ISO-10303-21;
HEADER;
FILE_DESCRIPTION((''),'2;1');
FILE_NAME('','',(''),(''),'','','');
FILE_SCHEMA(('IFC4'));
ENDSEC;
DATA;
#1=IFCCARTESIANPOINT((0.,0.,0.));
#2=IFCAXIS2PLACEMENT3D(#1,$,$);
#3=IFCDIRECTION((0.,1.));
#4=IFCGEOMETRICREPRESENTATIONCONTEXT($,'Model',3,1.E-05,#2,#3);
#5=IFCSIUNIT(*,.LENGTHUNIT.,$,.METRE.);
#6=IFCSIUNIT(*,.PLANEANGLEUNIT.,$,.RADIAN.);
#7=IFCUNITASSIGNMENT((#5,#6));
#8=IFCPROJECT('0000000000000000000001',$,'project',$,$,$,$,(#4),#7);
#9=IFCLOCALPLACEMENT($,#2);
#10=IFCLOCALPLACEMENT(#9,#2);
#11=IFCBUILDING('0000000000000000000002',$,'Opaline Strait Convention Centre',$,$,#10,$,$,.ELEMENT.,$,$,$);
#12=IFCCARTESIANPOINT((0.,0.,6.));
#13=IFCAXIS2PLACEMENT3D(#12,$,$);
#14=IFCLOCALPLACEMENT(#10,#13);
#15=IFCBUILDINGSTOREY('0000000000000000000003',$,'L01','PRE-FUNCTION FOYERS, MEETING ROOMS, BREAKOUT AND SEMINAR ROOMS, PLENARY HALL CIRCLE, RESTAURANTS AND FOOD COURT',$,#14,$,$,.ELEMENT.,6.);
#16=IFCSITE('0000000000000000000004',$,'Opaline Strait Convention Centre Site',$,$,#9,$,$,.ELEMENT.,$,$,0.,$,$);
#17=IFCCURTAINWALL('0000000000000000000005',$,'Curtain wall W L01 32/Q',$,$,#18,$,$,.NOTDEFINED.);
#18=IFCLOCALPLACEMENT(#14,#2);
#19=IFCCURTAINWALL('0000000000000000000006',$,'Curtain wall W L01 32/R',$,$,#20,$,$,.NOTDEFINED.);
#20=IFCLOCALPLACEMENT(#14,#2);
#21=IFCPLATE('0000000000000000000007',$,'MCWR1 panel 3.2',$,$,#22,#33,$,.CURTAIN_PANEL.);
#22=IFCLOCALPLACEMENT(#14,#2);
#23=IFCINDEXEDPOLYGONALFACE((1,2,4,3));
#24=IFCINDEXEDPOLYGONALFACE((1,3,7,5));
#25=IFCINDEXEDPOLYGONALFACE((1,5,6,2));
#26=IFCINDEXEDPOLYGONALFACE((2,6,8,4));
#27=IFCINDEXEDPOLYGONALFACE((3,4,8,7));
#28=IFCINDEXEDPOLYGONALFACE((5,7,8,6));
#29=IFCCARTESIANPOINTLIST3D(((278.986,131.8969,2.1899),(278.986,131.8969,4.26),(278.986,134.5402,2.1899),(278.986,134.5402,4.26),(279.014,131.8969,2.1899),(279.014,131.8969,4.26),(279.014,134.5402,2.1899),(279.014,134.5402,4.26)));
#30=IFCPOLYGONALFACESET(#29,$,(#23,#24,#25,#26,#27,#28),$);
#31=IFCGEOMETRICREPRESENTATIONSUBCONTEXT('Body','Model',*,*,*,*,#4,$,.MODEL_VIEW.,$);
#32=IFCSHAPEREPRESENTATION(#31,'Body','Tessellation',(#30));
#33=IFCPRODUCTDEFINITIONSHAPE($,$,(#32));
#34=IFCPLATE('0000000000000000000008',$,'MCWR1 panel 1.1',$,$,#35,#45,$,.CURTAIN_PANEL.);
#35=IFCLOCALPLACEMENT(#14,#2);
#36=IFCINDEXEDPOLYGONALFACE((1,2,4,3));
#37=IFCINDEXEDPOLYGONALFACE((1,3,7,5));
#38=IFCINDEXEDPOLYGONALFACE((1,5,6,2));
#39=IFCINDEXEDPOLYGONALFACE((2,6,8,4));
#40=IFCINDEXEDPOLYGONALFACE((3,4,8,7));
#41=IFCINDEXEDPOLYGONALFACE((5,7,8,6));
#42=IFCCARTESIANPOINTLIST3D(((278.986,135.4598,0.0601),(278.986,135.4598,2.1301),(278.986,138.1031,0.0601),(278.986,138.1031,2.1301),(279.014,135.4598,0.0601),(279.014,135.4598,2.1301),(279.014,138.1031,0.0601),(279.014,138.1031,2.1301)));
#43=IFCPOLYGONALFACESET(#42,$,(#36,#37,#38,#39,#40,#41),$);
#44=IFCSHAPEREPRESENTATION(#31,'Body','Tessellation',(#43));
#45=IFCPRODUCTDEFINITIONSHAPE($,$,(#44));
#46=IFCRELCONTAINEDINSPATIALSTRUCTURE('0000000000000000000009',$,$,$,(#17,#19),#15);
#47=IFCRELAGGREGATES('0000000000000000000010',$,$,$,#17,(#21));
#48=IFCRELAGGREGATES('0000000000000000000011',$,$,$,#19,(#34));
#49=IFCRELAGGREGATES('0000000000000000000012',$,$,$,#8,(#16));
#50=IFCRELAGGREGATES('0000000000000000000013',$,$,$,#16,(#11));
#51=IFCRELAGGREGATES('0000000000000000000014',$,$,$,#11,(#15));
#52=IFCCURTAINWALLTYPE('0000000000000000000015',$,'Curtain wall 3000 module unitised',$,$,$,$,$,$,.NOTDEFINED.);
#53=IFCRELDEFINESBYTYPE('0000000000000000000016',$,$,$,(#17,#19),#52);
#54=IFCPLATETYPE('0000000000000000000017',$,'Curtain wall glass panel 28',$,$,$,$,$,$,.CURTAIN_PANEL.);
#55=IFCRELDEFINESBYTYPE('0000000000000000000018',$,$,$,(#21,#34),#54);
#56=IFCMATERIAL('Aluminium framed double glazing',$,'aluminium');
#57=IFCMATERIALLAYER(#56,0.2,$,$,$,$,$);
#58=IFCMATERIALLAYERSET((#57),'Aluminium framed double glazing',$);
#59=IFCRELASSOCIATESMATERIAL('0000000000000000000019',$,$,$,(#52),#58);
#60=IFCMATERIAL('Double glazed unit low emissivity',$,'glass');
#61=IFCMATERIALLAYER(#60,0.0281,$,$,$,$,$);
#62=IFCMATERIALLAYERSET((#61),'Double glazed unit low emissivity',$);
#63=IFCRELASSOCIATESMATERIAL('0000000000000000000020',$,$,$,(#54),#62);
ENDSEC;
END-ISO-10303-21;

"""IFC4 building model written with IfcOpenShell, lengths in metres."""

from ifc_helpers import new_model, si_unit, direction, frame, origin, origin_2d, place, context, subcontext, project, spatial, rectangle, extrude, material, layer, layer_set, type_object, element, aggregate, save


model = new_model("IFC4")

# Units and contexts
model_context = context("Model", 3, precision=1e-05, world=origin(), true_north=direction((0.0, 1.0)))
body_context = subcontext(model_context, "Body", "Model", "MODEL_VIEW")
ifc_project = project(units=[si_unit("LENGTHUNIT", "METRE"), si_unit("PLANEANGLEUNIT", "RADIAN")], contexts=[model_context])

# Site, building, storey
site_placement = place(None, origin())
site = spatial("IfcSite", under=ifc_project, at=site_placement, Name="Opaline Strait Convention Centre Site", CompositionType="ELEMENT", RefElevation=0.0)
building_placement = place(site_placement, origin())
building = spatial("IfcBuilding", under=site, at=building_placement, Name="Opaline Strait Convention Centre", CompositionType="ELEMENT")
storey_placement = place(building_placement, frame((0.0, 0.0, 6.0)))
storey = spatial("IfcBuildingStorey", under=building, at=storey_placement, Name="L01", Description="PRE-FUNCTION FOYERS, MEETING ROOMS, BREAKOUT AND SEMINAR ROOMS, PLENARY HALL CIRCLE, RESTAURANTS AND FOOD COURT", CompositionType="ELEMENT", Elevation=6.0)

# Curtain wall
ifc_material_1 = material(Name="Aluminium framed double glazing", Category="aluminium")
ifc_layer_1 = layer(ifc_material_1, 0.2)
ifc_layer_set_1 = layer_set([ifc_layer_1], Name="Aluminium framed double glazing")
curtain_wall_type = type_object("IfcCurtainWallType", Name="Curtain wall 3000 module unitised", PredefinedType="NOTDEFINED", material=ifc_layer_set_1)
curtain_wall_1_placement = place(storey_placement, origin())
curtain_wall_1 = element("IfcCurtainWall", 1, at=curtain_wall_1_placement, inside=storey, type_object=curtain_wall_type, Name="Curtain wall W L01 32/Q", PredefinedType="NOTDEFINED")

# Curtain wall
curtain_wall_2_placement = place(storey_placement, origin())
curtain_wall_2 = element("IfcCurtainWall", 2, at=curtain_wall_2_placement, inside=storey, type_object=curtain_wall_type, Name="Curtain wall W L01 32/R", PredefinedType="NOTDEFINED")

# Plates
ifc_material_2 = material(Name="Double glazed unit low emissivity", Category="glass")
ifc_layer_2 = layer(ifc_material_2, 0.0281)
ifc_layer_set_2 = layer_set([ifc_layer_2], Name="Double glazed unit low emissivity")
plate_type = type_object("IfcPlateType", Name="Curtain wall glass panel 28", PredefinedType="CURTAIN_PANEL", material=ifc_layer_set_2)
plate_1_placement = place(storey_placement, frame((279.0, 133.2185, 2.1899), z_axis=(0.0, 0.0, 1.0), x_axis=(0.0, 1.0, 0.0)))
plate_1 = element("IfcPlate", 3, at=plate_1_placement, type_object=plate_type, Name="MCWR1 panel 3.2", PredefinedType="CURTAIN_PANEL", context=body_context, shape_type="SweptSolid", body=[
    extrude(rectangle(XDim=2.6433, YDim=0.0281, at=origin_2d()), origin(), (0.0, 0.0, 1.0), 2.0701),
])
aggregate(curtain_wall_1, [plate_1])
plate_2_placement = place(storey_placement, frame((279.0, 136.7815, 0.0601), z_axis=(0.0, 0.0, 1.0), x_axis=(0.0, 1.0, 0.0)))
plate_2 = element("IfcPlate", 4, at=plate_2_placement, type_object=plate_type, Name="MCWR1 panel 1.1", PredefinedType="CURTAIN_PANEL", context=body_context, shape_type="SweptSolid", body=[
    extrude(rectangle(XDim=2.6433, YDim=0.0281, at=origin_2d()), origin(), (0.0, 0.0, 1.0), 2.0701),
])
aggregate(curtain_wall_2, [plate_2])

save(model, "model.ifc")
